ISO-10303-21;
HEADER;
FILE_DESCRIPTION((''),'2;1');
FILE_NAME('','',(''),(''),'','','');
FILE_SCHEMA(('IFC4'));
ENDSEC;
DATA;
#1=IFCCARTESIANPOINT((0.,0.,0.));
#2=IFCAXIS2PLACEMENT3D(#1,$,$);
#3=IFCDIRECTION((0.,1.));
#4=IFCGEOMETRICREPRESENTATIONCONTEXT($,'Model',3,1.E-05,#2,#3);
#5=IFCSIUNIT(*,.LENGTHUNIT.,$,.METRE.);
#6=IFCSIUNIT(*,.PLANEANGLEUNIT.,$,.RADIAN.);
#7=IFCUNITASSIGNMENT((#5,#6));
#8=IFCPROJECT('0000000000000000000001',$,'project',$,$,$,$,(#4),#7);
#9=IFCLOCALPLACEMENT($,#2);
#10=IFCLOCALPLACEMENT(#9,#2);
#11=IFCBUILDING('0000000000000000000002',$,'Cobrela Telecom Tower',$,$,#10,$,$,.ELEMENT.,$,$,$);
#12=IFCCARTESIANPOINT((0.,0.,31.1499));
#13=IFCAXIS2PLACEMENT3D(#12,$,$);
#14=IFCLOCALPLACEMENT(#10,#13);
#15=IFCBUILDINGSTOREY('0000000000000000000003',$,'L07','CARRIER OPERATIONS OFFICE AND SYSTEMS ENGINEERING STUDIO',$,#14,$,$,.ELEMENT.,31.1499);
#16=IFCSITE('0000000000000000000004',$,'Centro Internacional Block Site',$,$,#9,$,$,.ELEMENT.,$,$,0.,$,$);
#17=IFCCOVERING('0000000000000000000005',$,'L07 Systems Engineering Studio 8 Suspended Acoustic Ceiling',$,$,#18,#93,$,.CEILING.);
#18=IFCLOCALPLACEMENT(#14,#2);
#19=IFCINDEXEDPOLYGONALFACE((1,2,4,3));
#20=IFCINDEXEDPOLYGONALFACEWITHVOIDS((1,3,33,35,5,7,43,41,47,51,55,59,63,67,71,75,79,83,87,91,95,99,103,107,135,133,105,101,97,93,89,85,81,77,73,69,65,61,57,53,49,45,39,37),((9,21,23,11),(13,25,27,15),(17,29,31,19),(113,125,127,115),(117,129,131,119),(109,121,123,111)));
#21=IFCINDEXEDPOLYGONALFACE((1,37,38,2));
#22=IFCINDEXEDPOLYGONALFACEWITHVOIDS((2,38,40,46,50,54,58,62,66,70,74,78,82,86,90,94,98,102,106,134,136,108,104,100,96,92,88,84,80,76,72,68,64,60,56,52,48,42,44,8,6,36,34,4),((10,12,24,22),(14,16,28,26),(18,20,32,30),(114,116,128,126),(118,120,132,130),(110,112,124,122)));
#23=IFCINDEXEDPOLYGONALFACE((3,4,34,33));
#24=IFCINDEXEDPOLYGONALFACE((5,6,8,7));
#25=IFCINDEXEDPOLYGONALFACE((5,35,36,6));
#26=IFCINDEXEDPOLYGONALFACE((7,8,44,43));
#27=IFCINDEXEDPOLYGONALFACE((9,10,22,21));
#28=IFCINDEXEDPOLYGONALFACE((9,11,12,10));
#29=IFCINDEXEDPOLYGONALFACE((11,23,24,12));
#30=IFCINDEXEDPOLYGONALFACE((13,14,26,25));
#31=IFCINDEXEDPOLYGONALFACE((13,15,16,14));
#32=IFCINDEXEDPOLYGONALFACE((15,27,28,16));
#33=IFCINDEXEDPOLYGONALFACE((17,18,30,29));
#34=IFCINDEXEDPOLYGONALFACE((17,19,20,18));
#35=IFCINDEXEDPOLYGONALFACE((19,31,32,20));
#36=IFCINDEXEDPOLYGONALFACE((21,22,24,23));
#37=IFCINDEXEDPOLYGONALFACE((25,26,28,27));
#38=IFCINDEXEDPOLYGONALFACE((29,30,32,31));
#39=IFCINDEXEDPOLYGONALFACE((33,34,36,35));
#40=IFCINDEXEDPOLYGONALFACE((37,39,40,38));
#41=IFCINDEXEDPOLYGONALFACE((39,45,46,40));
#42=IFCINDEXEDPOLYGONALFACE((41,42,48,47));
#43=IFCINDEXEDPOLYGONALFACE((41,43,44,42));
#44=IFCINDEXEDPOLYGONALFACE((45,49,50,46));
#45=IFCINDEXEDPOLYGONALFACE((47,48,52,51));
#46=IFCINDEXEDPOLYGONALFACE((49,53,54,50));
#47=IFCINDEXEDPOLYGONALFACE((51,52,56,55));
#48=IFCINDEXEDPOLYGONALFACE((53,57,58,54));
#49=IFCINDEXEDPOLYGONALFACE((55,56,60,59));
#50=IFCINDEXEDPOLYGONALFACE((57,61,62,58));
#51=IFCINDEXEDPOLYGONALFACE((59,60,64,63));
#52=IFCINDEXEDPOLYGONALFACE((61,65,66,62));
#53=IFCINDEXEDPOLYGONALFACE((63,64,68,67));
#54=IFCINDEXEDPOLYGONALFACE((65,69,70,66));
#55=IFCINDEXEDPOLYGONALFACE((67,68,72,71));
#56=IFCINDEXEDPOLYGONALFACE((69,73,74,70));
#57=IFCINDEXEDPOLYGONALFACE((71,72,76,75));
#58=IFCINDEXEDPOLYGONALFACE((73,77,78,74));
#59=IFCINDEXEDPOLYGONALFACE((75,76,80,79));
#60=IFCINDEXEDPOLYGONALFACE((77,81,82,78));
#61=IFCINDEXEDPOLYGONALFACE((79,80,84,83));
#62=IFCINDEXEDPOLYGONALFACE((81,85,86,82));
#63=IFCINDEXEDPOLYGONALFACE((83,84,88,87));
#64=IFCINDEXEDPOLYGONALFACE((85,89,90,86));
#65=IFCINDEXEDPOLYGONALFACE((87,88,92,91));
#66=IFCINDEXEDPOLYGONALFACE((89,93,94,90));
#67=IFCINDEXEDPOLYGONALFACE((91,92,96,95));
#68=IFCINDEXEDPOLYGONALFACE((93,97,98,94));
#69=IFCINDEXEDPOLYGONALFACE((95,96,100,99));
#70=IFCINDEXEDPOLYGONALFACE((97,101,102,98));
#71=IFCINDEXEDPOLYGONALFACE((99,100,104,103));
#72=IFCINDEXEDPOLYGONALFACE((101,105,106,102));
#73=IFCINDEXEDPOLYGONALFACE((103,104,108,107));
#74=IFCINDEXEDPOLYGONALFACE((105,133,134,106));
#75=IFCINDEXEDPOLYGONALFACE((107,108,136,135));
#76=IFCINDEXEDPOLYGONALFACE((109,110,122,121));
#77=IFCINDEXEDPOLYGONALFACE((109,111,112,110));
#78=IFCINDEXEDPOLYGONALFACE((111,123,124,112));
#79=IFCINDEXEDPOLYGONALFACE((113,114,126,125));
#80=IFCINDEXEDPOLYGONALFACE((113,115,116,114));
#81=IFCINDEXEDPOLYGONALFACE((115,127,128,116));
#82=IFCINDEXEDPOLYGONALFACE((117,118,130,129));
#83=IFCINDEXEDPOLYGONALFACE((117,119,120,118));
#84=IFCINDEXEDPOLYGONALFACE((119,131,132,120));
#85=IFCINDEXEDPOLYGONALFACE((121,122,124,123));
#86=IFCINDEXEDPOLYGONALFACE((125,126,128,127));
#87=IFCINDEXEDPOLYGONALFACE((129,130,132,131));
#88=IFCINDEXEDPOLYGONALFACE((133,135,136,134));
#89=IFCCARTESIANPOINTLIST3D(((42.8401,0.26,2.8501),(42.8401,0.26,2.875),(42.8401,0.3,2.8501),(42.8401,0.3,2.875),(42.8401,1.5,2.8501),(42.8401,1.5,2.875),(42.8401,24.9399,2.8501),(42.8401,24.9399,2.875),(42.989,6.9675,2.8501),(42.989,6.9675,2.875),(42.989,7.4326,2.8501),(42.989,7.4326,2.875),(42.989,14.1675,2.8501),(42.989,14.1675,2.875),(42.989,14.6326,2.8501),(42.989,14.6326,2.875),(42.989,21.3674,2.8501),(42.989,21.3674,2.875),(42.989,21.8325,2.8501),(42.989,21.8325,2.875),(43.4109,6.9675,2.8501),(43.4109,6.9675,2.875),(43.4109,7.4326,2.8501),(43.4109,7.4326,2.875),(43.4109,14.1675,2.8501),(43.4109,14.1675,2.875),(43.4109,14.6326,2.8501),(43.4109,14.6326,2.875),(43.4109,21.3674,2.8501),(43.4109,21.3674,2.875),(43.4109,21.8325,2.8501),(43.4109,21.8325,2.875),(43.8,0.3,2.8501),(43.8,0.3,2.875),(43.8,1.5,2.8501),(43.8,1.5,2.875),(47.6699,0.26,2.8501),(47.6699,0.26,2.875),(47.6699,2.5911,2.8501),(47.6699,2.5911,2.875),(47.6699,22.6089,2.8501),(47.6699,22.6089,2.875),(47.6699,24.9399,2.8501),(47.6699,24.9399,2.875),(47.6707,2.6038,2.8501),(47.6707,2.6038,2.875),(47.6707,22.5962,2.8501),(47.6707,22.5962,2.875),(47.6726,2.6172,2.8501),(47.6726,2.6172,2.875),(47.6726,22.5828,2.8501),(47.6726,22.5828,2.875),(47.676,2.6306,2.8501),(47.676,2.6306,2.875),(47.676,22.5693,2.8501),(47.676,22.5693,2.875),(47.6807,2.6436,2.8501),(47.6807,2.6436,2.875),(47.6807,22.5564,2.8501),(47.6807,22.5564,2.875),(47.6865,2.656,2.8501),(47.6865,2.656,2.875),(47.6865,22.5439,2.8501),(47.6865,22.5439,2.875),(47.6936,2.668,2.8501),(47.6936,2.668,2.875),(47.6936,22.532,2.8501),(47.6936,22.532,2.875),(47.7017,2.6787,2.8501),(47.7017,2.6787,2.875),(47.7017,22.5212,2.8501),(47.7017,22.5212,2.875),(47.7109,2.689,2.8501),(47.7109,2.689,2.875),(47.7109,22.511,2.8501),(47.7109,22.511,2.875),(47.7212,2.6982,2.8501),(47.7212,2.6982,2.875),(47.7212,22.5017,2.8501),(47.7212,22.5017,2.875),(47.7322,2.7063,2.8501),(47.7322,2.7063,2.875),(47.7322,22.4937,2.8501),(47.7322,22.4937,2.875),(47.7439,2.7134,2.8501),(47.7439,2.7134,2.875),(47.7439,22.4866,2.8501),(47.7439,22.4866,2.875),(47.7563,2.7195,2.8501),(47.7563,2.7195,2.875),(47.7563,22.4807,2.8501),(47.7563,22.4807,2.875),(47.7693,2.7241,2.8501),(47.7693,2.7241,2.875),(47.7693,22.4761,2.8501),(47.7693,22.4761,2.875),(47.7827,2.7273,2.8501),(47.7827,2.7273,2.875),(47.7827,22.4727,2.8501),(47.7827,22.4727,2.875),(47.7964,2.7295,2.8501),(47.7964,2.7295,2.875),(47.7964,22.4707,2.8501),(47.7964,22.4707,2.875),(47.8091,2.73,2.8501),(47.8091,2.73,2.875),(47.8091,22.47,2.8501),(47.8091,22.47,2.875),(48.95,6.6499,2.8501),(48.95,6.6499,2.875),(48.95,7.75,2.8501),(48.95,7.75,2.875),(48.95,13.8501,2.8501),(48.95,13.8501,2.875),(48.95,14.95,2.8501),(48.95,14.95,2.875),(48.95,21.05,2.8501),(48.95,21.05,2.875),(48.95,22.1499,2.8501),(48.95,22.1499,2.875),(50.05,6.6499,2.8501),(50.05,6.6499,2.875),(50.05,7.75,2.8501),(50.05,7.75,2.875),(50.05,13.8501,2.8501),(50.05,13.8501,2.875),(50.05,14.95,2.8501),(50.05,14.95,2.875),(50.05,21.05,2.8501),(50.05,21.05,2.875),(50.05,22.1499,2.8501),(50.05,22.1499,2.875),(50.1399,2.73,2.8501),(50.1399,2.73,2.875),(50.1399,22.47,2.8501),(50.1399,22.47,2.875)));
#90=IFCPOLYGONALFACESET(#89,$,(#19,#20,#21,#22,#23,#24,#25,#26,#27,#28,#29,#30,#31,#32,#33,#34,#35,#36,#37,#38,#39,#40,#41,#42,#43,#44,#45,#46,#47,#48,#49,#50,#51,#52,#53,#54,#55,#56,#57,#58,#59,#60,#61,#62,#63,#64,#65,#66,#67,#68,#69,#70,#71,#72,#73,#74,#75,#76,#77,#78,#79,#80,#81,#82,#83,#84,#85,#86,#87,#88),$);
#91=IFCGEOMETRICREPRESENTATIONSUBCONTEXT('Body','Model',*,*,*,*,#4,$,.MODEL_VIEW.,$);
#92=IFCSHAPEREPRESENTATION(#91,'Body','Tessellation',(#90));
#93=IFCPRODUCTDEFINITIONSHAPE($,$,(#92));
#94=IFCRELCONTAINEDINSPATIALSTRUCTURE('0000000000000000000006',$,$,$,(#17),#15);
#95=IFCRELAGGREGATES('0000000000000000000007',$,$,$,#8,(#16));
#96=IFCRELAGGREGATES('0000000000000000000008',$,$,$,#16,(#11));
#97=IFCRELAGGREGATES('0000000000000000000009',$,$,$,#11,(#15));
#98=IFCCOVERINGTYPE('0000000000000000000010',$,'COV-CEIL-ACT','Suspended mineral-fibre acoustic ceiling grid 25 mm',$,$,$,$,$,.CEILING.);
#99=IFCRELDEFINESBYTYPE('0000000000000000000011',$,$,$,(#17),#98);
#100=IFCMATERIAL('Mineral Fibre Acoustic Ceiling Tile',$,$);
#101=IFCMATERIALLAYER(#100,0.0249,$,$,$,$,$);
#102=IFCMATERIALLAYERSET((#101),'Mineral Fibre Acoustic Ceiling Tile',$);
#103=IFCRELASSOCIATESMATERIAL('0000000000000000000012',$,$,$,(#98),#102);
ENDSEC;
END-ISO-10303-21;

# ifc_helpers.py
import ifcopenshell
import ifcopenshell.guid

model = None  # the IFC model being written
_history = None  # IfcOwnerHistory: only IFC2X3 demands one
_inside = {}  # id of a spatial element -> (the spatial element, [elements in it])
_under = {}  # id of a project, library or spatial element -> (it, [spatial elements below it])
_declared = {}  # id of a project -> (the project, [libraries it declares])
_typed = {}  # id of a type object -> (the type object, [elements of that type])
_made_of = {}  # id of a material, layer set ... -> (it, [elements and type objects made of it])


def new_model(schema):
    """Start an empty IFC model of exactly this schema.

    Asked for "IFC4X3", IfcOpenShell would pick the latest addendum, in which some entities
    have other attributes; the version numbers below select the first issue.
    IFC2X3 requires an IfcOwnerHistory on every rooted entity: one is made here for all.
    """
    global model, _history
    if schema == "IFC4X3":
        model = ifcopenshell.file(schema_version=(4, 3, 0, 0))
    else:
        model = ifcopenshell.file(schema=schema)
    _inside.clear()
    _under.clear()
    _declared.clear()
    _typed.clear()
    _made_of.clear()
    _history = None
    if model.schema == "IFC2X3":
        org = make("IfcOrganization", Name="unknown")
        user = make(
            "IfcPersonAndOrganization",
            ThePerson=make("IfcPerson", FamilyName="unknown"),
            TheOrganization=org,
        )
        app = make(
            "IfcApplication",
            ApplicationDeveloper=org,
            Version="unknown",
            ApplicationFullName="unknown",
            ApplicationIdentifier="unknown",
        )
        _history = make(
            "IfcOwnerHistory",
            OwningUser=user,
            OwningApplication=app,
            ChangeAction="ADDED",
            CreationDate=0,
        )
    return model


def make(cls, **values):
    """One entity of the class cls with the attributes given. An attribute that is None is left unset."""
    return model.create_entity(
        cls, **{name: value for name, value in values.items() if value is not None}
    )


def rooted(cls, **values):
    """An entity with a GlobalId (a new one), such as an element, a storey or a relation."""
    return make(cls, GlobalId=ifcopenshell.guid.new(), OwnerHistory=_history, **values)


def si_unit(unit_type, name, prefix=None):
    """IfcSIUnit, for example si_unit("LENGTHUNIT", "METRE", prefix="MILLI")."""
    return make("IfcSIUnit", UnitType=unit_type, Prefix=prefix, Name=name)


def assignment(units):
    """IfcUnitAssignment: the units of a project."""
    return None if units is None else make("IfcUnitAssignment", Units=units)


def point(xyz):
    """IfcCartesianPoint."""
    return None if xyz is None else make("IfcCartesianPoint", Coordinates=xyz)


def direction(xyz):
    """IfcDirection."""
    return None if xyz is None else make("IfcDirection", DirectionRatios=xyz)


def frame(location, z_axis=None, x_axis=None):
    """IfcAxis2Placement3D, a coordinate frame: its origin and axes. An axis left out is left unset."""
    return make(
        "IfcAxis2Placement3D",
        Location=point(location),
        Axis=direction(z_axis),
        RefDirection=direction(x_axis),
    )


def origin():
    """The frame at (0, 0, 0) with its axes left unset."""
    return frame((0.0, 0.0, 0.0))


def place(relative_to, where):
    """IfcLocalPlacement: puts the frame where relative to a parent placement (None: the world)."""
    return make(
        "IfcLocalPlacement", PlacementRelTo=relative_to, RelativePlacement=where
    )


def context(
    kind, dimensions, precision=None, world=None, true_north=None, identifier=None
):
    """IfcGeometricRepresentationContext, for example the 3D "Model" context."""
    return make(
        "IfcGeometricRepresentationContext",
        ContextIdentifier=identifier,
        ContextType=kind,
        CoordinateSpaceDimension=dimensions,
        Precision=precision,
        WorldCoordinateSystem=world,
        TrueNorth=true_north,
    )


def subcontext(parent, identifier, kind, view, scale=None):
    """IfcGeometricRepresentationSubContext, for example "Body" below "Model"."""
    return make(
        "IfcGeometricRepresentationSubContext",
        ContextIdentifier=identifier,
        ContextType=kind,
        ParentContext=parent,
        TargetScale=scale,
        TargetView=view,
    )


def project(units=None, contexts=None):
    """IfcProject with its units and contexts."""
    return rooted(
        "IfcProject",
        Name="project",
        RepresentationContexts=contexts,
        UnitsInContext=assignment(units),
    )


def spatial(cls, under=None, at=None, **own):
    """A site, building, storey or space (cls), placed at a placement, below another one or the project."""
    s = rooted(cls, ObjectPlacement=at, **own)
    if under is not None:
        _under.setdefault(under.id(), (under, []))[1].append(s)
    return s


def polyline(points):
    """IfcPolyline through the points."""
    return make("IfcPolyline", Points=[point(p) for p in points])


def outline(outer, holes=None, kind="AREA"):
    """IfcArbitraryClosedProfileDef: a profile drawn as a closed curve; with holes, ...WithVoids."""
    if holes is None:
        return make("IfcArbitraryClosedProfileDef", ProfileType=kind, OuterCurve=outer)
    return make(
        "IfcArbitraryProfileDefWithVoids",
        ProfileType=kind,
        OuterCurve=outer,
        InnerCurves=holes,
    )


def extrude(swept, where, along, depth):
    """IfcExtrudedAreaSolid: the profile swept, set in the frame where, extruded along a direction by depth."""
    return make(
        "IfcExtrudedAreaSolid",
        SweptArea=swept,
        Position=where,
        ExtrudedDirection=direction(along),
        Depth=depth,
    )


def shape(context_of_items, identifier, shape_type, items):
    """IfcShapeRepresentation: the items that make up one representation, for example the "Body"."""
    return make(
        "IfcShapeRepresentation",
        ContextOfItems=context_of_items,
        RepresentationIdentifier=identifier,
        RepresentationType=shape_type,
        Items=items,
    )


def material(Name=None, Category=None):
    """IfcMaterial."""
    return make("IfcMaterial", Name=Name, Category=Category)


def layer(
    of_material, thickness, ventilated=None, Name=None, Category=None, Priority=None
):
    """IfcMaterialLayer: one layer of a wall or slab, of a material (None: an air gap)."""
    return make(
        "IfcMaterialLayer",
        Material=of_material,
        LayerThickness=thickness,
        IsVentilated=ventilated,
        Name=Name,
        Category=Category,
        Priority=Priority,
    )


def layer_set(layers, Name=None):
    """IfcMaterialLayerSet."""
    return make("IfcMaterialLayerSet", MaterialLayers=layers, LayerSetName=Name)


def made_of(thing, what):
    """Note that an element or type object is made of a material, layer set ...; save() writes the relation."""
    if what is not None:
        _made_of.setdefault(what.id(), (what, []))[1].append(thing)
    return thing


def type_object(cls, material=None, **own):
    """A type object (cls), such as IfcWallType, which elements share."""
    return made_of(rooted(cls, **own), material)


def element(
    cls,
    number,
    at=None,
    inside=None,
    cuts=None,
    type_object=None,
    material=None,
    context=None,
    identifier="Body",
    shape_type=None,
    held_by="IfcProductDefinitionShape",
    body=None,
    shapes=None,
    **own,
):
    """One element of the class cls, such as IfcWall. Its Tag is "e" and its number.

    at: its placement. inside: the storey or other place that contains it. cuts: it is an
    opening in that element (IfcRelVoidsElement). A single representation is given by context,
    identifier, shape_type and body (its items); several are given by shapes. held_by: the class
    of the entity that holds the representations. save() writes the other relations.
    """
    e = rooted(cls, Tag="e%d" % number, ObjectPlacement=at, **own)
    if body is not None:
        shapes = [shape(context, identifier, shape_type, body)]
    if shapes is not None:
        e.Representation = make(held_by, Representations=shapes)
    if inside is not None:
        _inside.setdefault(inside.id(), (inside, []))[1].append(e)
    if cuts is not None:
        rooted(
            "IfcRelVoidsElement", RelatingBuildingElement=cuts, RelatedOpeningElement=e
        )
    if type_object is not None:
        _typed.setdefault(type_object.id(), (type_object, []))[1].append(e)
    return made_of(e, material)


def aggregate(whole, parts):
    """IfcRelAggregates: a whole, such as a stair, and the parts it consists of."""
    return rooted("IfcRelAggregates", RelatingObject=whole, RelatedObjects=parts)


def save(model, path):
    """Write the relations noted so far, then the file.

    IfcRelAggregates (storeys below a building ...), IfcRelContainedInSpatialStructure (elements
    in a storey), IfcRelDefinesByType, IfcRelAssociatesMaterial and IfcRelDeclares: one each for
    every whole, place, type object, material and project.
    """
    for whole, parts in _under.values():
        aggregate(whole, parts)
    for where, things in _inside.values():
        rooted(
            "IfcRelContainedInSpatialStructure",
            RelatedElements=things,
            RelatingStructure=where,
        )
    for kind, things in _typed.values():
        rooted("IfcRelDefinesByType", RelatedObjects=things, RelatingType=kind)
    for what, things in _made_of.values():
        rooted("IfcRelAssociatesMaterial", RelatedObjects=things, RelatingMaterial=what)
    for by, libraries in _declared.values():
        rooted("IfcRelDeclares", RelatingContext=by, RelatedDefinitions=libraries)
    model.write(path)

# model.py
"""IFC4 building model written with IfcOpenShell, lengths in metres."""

from ifc_helpers import new_model, si_unit, direction, frame, origin, place, context, subcontext, project, spatial, polyline, outline, extrude, material, layer, layer_set, type_object, element, save


model = new_model("IFC4")

# Units and contexts
model_context = context("Model", 3, precision=1e-05, world=origin(), true_north=direction((0.0, 1.0)))
body_context = subcontext(model_context, "Body", "Model", "MODEL_VIEW")
ifc_project = project(units=[si_unit("LENGTHUNIT", "METRE"), si_unit("PLANEANGLEUNIT", "RADIAN")], contexts=[model_context])

# Site, building, storey
site_placement = place(None, origin())
site = spatial("IfcSite", under=ifc_project, at=site_placement, Name="Centro Internacional Block Site", CompositionType="ELEMENT", RefElevation=0.0)
building_placement = place(site_placement, origin())
building = spatial("IfcBuilding", under=site, at=building_placement, Name="Cobrela Telecom Tower", CompositionType="ELEMENT")
storey_placement = place(building_placement, frame((0.0, 0.0, 31.1499)))
storey = spatial("IfcBuildingStorey", under=building, at=storey_placement, Name="L07", Description="CARRIER OPERATIONS OFFICE AND SYSTEMS ENGINEERING STUDIO", CompositionType="ELEMENT", Elevation=31.1499)

# Covering
ifc_material_1 = material(Name="Mineral Fibre Acoustic Ceiling Tile")
ifc_layer_1 = layer(ifc_material_1, 0.0249)
ifc_layer_set_1 = layer_set([ifc_layer_1], Name="Mineral Fibre Acoustic Ceiling Tile")
covering_type_1 = type_object("IfcCoveringType", Name="COV-CEIL-ACT", Description="Suspended mineral-fibre acoustic ceiling grid 25 mm", PredefinedType="CEILING", material=ifc_layer_set_1)
covering_1_placement = place(storey_placement, frame((0.0, 0.0, 2.8501)))
element("IfcCovering", 1, at=covering_1_placement, inside=storey, type_object=covering_type_1, Name="L07 Systems Engineering Studio 8 Suspended Acoustic Ceiling", PredefinedType="CEILING", context=body_context, shape_type="SweptSolid", body=[
    extrude(outline(polyline([(47.7827, 2.7273), (47.7693, 2.7241), (47.7563, 2.7195), (47.7439, 2.7134), (47.7322, 2.7063), (47.7212, 2.6982), (47.7109, 2.689), (47.7017, 2.6787), (47.6936, 2.668), (47.6865, 2.656), (47.6807, 2.6436), (47.676, 2.6306), (47.6726, 2.6172), (47.6707, 2.6038), (47.6699, 2.5911), (47.6699, 0.26), (42.8401, 0.26), (42.8401, 0.3), (43.8, 0.3), (43.8, 1.5), (42.8401, 1.5), (42.8401, 24.9399), (47.6699, 24.9399), (47.6699, 22.6089), (47.6707, 22.5962), (47.6726, 22.5828), (47.676, 22.5693), (47.6807, 22.5564), (47.6865, 22.5439), (47.6936, 22.532), (47.7017, 22.5212), (47.7109, 22.511), (47.7212, 22.5017), (47.7322, 22.4937), (47.7439, 22.4866), (47.7563, 22.4807), (47.7693, 22.4761), (47.7827, 22.4727), (47.7964, 22.4707), (47.8091, 22.47), (50.1399, 22.47), (50.1399, 2.73), (47.8091, 2.73), (47.7964, 2.7295), (47.7827, 2.7273)]), holes=[polyline([(43.4109, 6.9675), (43.4109, 7.4326), (42.989, 7.4326), (42.989, 6.9675), (43.4109, 6.9675)]), polyline([(50.05, 6.6499), (50.05, 7.75), (48.95, 7.75), (48.95, 6.6499), (50.05, 6.6499)]), polyline([(43.4109, 14.1675), (43.4109, 14.6326), (42.989, 14.6326), (42.989, 14.1675), (43.4109, 14.1675)]), polyline([(50.05, 13.8501), (50.05, 14.95), (48.95, 14.95), (48.95, 13.8501), (50.05, 13.8501)]), polyline([(43.4109, 21.3674), (43.4109, 21.8325), (42.989, 21.8325), (42.989, 21.3674), (43.4109, 21.3674)]), polyline([(50.05, 21.05), (50.05, 22.1499), (48.95, 22.1499), (48.95, 21.05), (50.05, 21.05)])]), origin(), (0.0, 0.0, 1.0), 0.0249),
])

save(model, "model.ifc")
